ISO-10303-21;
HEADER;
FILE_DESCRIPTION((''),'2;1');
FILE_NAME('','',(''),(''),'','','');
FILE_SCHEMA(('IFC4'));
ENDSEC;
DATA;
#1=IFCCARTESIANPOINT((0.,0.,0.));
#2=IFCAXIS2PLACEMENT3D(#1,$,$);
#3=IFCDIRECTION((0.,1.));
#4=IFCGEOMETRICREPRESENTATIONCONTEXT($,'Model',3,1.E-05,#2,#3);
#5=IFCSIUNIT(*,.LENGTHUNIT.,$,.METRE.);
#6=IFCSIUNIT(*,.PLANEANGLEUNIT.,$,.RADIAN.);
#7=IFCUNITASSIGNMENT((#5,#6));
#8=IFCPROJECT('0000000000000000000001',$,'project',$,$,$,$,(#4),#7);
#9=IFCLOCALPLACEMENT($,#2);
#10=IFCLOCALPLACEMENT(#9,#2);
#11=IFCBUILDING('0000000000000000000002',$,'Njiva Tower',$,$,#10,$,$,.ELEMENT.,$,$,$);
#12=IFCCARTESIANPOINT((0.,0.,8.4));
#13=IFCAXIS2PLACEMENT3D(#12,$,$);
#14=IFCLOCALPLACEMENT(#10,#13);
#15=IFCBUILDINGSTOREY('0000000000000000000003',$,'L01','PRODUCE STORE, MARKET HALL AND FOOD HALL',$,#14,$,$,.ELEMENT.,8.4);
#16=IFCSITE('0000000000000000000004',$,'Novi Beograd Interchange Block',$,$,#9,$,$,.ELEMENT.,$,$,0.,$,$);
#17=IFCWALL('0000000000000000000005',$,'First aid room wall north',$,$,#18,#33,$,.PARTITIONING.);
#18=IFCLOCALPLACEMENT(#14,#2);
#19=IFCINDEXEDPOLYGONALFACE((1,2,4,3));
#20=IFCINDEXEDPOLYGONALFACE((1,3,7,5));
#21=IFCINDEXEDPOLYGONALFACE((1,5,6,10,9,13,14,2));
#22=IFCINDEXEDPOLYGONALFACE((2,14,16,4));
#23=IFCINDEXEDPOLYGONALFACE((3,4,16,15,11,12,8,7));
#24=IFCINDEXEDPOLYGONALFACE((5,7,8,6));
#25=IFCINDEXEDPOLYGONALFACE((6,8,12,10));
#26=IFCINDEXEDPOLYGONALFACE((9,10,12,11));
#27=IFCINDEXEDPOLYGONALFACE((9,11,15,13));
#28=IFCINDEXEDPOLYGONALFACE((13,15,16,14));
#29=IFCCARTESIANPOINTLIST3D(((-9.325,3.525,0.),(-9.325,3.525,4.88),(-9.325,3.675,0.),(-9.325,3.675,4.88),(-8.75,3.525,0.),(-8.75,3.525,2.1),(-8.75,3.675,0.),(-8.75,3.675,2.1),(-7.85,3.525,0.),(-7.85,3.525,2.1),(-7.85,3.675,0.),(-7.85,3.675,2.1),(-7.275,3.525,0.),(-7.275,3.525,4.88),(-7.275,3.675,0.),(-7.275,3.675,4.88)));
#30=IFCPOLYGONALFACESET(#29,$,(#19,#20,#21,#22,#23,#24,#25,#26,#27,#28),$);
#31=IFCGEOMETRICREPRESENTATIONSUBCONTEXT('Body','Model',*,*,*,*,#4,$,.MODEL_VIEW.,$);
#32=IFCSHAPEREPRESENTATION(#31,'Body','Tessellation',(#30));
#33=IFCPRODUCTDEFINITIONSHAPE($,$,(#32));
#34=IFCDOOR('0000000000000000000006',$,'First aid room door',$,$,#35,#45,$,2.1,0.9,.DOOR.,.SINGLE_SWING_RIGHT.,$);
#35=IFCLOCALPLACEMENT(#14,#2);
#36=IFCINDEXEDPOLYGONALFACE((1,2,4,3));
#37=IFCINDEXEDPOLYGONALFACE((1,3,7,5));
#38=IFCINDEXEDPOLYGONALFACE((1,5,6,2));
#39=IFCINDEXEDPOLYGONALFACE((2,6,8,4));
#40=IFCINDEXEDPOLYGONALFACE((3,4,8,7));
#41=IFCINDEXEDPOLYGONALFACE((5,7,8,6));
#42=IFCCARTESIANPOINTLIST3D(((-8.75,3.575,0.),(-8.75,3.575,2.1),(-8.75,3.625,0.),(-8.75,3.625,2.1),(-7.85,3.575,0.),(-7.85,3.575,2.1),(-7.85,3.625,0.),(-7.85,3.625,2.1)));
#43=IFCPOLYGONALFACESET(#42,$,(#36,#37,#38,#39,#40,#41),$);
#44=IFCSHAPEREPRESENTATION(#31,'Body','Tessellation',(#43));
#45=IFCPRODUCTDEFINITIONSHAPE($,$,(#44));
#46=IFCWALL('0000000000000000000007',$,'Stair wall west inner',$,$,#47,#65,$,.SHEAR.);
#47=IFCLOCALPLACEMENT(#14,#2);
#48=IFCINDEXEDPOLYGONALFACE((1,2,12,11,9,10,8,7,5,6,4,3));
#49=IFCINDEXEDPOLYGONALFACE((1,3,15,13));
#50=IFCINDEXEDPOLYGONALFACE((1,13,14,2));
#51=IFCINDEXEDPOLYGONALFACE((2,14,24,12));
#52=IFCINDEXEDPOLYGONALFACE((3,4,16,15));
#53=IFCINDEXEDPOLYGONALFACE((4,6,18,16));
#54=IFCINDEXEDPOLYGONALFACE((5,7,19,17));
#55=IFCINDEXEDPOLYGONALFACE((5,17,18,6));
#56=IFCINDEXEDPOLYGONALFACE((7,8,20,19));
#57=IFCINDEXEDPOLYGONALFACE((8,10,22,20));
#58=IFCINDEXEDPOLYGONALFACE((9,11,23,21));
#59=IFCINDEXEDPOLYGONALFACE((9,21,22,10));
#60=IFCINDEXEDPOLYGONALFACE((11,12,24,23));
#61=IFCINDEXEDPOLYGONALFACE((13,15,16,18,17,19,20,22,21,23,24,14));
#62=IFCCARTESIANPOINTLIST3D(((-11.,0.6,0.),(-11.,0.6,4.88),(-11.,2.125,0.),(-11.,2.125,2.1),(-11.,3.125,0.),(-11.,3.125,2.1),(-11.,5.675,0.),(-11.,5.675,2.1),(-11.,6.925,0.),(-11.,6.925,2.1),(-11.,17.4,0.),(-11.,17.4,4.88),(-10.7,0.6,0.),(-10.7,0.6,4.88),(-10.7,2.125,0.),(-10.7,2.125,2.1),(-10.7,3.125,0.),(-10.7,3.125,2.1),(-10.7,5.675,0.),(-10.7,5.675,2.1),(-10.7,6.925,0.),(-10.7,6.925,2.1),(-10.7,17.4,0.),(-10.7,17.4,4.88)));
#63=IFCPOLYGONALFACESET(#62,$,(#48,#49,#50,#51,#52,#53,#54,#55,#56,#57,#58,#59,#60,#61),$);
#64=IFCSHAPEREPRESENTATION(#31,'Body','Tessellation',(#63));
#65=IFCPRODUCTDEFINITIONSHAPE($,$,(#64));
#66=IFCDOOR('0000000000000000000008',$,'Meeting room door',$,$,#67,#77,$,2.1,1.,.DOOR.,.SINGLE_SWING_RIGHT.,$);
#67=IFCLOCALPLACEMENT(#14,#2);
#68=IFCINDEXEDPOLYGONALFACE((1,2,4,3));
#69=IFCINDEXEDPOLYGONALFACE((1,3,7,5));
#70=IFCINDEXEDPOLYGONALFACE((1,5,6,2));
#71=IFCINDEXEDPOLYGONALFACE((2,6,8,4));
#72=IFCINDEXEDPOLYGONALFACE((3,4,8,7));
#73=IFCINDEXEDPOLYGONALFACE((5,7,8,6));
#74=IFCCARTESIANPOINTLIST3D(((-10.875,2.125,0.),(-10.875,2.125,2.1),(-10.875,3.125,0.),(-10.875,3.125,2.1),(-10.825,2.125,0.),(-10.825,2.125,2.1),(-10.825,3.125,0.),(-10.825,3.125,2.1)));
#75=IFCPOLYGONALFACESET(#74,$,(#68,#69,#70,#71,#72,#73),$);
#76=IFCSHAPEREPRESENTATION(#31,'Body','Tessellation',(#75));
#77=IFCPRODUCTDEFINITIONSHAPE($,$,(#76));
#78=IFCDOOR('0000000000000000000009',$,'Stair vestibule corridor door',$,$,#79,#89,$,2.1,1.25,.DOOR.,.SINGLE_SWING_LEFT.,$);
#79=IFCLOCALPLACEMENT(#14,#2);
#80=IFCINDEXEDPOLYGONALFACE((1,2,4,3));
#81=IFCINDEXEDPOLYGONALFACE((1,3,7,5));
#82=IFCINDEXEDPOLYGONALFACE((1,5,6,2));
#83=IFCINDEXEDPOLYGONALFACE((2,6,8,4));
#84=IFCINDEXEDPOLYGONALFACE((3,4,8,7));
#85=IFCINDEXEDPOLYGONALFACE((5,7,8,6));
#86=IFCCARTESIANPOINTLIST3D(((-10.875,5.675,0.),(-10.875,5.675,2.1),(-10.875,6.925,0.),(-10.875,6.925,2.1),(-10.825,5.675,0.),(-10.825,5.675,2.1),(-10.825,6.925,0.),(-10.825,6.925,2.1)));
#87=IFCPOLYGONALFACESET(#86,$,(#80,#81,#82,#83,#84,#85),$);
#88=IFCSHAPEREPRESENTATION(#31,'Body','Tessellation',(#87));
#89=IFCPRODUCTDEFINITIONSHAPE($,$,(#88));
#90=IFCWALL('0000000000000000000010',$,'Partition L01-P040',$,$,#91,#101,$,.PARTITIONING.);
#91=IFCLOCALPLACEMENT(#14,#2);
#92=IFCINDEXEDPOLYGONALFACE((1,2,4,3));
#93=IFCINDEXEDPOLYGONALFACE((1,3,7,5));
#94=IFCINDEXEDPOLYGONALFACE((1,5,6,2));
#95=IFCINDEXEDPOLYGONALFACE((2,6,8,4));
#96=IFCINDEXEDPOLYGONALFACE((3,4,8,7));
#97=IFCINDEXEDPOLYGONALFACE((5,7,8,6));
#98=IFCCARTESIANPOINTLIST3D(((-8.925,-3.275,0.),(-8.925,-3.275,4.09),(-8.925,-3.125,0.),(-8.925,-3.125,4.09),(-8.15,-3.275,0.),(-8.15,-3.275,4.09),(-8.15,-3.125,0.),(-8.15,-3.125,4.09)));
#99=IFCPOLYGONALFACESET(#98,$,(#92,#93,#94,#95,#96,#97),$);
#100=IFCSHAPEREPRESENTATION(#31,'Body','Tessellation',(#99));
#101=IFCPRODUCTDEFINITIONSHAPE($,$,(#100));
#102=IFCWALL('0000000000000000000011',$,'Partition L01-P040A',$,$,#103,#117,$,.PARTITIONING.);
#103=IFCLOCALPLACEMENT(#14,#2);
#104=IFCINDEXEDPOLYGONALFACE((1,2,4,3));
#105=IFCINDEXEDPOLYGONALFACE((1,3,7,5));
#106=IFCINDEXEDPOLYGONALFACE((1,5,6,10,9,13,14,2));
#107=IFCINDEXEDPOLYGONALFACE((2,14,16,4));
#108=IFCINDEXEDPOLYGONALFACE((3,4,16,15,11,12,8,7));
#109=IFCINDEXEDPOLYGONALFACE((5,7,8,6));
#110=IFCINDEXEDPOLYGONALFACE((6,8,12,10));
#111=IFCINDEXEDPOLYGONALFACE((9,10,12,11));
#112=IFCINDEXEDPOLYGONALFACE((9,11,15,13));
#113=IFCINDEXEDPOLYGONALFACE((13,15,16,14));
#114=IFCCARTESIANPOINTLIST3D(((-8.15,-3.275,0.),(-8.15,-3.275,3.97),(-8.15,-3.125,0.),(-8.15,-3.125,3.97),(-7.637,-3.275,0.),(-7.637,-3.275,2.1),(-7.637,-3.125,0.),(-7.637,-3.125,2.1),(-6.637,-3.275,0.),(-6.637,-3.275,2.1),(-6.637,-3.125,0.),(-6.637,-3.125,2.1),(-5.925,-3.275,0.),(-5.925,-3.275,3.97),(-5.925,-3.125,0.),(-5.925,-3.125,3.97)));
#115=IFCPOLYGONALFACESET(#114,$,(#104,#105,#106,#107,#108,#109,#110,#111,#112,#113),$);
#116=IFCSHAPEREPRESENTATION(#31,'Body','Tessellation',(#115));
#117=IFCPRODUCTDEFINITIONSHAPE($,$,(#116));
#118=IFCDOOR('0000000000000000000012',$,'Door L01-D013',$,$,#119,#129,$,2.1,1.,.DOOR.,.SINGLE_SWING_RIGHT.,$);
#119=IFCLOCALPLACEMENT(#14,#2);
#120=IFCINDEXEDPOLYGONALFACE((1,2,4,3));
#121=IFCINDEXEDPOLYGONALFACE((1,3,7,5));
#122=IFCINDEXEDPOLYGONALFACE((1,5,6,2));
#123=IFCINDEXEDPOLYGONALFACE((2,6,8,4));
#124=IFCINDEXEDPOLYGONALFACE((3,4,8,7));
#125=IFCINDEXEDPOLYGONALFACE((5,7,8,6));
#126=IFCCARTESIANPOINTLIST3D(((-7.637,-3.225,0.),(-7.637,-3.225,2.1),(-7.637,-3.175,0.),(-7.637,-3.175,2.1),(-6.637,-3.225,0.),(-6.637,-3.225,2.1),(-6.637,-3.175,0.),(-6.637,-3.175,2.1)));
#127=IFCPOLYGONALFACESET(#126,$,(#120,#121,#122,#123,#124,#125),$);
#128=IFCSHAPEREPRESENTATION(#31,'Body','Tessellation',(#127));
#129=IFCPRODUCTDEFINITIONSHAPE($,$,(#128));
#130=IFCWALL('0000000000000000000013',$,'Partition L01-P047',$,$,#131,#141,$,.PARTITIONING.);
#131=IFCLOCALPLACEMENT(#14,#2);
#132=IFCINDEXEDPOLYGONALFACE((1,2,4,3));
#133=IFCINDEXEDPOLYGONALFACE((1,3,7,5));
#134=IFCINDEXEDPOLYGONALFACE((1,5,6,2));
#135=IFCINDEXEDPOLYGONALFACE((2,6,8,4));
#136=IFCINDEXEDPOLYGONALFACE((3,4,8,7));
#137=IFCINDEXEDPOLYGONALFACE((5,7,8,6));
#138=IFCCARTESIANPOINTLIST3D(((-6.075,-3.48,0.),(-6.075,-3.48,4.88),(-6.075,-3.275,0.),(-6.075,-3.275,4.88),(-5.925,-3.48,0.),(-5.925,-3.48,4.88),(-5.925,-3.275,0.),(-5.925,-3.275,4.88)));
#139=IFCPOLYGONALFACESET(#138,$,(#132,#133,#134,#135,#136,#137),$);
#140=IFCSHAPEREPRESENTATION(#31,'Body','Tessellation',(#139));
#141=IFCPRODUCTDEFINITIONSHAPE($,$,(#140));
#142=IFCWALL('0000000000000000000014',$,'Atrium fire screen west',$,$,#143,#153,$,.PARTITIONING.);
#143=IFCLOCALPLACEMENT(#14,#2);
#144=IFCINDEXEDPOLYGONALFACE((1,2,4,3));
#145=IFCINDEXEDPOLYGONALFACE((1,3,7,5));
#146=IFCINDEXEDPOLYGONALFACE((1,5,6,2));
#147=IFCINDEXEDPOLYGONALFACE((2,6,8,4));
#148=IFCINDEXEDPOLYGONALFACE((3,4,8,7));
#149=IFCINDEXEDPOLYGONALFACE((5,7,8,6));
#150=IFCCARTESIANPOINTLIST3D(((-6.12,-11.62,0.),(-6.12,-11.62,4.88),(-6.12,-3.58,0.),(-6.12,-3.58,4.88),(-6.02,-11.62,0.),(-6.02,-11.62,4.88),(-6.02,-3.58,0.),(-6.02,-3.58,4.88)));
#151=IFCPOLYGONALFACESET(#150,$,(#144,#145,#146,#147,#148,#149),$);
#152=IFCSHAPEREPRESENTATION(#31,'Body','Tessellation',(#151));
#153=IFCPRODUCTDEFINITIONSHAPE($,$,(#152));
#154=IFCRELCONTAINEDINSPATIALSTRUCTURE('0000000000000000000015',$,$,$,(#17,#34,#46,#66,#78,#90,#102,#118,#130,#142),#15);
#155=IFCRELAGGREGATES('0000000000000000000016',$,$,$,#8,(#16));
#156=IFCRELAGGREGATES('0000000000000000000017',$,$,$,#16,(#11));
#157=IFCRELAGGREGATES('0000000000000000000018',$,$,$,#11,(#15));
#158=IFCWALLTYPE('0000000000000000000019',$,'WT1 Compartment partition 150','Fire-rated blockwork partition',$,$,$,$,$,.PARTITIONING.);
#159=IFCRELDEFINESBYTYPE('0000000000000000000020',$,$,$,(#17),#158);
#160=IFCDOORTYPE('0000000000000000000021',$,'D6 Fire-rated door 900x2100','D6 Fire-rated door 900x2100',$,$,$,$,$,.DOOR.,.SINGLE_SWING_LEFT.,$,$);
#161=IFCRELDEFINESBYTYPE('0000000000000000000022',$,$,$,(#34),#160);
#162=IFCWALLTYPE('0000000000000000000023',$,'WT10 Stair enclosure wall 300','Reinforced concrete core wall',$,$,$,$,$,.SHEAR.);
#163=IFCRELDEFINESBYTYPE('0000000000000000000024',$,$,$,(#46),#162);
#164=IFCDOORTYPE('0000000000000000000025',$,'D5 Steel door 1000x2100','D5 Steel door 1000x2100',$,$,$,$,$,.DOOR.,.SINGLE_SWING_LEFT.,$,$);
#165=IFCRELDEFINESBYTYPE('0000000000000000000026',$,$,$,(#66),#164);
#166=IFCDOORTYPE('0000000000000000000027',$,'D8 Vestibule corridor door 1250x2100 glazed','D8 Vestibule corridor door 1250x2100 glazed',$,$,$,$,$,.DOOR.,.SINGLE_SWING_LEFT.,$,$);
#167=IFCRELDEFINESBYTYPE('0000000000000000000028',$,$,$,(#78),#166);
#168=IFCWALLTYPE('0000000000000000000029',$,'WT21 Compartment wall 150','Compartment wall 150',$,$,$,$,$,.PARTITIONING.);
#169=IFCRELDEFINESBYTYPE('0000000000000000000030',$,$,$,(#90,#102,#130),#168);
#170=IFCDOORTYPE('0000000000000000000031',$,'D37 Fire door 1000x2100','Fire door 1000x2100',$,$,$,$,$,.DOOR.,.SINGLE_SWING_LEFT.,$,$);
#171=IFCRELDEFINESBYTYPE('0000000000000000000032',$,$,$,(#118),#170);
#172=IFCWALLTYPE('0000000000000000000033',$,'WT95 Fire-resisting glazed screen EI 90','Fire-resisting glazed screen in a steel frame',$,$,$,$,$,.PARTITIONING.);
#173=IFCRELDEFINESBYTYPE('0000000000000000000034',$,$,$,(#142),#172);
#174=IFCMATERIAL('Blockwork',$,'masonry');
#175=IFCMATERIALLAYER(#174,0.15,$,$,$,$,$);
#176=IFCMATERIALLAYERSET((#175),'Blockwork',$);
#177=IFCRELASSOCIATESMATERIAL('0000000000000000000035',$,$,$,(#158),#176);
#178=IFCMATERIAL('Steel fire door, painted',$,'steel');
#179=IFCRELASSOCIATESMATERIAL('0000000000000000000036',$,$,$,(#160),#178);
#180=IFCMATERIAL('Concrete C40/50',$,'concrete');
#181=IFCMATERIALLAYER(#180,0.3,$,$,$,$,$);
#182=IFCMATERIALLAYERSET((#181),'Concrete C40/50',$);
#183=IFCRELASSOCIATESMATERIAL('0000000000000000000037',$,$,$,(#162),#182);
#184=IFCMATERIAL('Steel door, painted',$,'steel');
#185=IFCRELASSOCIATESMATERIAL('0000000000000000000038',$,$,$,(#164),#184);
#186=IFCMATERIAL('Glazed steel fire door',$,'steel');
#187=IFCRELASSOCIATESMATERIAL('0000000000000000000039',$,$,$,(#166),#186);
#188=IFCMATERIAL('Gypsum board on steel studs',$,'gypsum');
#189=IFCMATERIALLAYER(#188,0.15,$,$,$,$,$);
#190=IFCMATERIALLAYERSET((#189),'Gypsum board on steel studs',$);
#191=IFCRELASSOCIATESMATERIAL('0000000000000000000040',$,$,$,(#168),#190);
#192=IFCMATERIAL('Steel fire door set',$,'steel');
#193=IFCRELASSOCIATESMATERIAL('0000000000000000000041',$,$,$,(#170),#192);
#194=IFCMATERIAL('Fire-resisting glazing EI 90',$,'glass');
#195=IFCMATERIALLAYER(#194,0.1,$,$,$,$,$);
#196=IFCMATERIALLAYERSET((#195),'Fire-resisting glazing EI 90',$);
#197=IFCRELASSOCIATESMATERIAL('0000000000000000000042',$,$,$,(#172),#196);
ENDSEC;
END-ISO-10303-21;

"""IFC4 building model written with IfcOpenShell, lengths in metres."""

from ifc_helpers import new_model, si_unit, direction, frame, frame_2d, origin, place, context, subcontext, project, spatial, rectangle, extrude, material, layer, layer_set, type_object, element, fill, save


model = new_model("IFC4")

# Units and contexts
model_context = context("Model", 3, precision=1e-05, world=origin(), true_north=direction((0.0, 1.0)))
body_context = subcontext(model_context, "Body", "Model", "MODEL_VIEW")
ifc_project = project(units=[si_unit("LENGTHUNIT", "METRE"), si_unit("PLANEANGLEUNIT", "RADIAN")], contexts=[model_context])

# Site, building, storey
site_placement = place(None, origin())
site = spatial("IfcSite", under=ifc_project, at=site_placement, Name="Novi Beograd Interchange Block", CompositionType="ELEMENT", RefElevation=0.0)
building_placement = place(site_placement, origin())
building = spatial("IfcBuilding", under=site, at=building_placement, Name="Njiva Tower", CompositionType="ELEMENT")
storey_placement = place(building_placement, frame((0.0, 0.0, 8.4)))
storey = spatial("IfcBuildingStorey", under=building, at=storey_placement, Name="L01", Description="PRODUCE STORE, MARKET HALL AND FOOD HALL", CompositionType="ELEMENT", Elevation=8.4)

# Shared definitions
ifc_material_1 = material(Name="Blockwork", Category="masonry")
ifc_layer_1 = layer(ifc_material_1, 0.15)
ifc_layer_set_1 = layer_set([ifc_layer_1], Name="Blockwork")
wall_type_1 = type_object("IfcWallType", Name="WT1 Compartment partition 150", Description="Fire-rated blockwork partition", PredefinedType="PARTITIONING", material=ifc_layer_set_1)

# Wall, opening, door
wall_1_placement = place(storey_placement, frame((-9.325, 3.6, 0.0), z_axis=(0.0, 0.0, 1.0), x_axis=(1.0, 0.0, 0.0)))
wall_1 = element("IfcWall", 1, at=wall_1_placement, inside=storey, type_object=wall_type_1, Name="First aid room wall north", PredefinedType="PARTITIONING", context=body_context, shape_type="SweptSolid", body=[
    extrude(rectangle(XDim=2.05, YDim=0.15, at=frame_2d((1.025, 0.0))), origin(), (0.0, 0.0, 1.0), 4.88),
])
opening_1_placement = place(wall_1_placement, frame((0.575, 0.0, 0.0)))
opening_1 = element("IfcOpeningElement", 2, at=opening_1_placement, cuts=wall_1, PredefinedType="OPENING", context=body_context, shape_type="SweptSolid", body=[
    extrude(rectangle(XDim=0.9, YDim=2.1, at=frame_2d((0.45, 1.05))), frame((0.0, 0.085, 0.0), z_axis=(0.0, -1.0, 0.0), x_axis=(1.0, 0.0, 0.0)), (0.0, 0.0, 1.0), 0.17),
])
ifc_material_2 = material(Name="Steel fire door, painted", Category="steel")
door_type_1 = type_object("IfcDoorType", Name="D6 Fire-rated door 900x2100", Description="D6 Fire-rated door 900x2100", OperationType="SINGLE_SWING_LEFT", PredefinedType="DOOR", material=ifc_material_2)
door_1_placement = place(opening_1_placement, origin())
door_1 = element("IfcDoor", 3, at=door_1_placement, inside=storey, type_object=door_type_1, Name="First aid room door", OperationType="SINGLE_SWING_RIGHT", OverallHeight=2.1, OverallWidth=0.9, PredefinedType="DOOR", context=body_context, shape_type="SweptSolid", body=[
    extrude(rectangle(XDim=0.9, YDim=2.1, at=frame_2d((0.45, 1.05))), frame((0.0, 0.025, 0.0), z_axis=(0.0, -1.0, 0.0), x_axis=(1.0, 0.0, 0.0)), (0.0, 0.0, 1.0), 0.05),
])
fill(opening_1, door_1)

# Wall, openings, doors
ifc_material_3 = material(Name="Concrete C40/50", Category="concrete")
ifc_layer_2 = layer(ifc_material_3, 0.3)
ifc_layer_set_2 = layer_set([ifc_layer_2], Name="Concrete C40/50")
wall_type_2 = type_object("IfcWallType", Name="WT10 Stair enclosure wall 300", Description="Reinforced concrete core wall", PredefinedType="SHEAR", material=ifc_layer_set_2)
wall_2_placement = place(storey_placement, frame((-10.85, 0.6, 0.0), z_axis=(0.0, 0.0, 1.0), x_axis=(0.0, 1.0, 0.0)))
wall_2 = element("IfcWall", 4, at=wall_2_placement, inside=storey, type_object=wall_type_2, Name="Stair wall west inner", PredefinedType="SHEAR", context=body_context, shape_type="SweptSolid", body=[
    extrude(rectangle(XDim=16.8, YDim=0.3, at=frame_2d((8.4, 0.0))), origin(), (0.0, 0.0, 1.0), 4.88),
])
opening_2_placement = place(wall_2_placement, frame((5.075, 0.0, 0.0)))
opening_2 = element("IfcOpeningElement", 5, at=opening_2_placement, cuts=wall_2, PredefinedType="OPENING", context=body_context, shape_type="SweptSolid", body=[
    extrude(rectangle(XDim=1.25, YDim=2.1, at=frame_2d((0.625, 1.05))), frame((0.0, 0.16, 0.0), z_axis=(0.0, -1.0, 0.0), x_axis=(1.0, 0.0, 0.0)), (0.0, 0.0, 1.0), 0.32),
])
opening_3_placement = place(wall_2_placement, frame((1.525, 0.0, 0.0)))
opening_3 = element("IfcOpeningElement", 6, at=opening_3_placement, cuts=wall_2, PredefinedType="OPENING", context=body_context, shape_type="SweptSolid", body=[
    extrude(rectangle(XDim=1.0, YDim=2.1, at=frame_2d((0.5, 1.05))), frame((0.0, 0.16, 0.0), z_axis=(0.0, -1.0, 0.0), x_axis=(1.0, 0.0, 0.0)), (0.0, 0.0, 1.0), 0.32),
])
ifc_material_4 = material(Name="Steel door, painted", Category="steel")
door_type_2 = type_object("IfcDoorType", Name="D5 Steel door 1000x2100", Description="D5 Steel door 1000x2100", OperationType="SINGLE_SWING_LEFT", PredefinedType="DOOR", material=ifc_material_4)
door_2_placement = place(opening_3_placement, origin())
door_2 = element("IfcDoor", 7, at=door_2_placement, inside=storey, type_object=door_type_2, Name="Meeting room door", OperationType="SINGLE_SWING_RIGHT", OverallHeight=2.1, OverallWidth=1.0, PredefinedType="DOOR", context=body_context, shape_type="SweptSolid", body=[
    extrude(rectangle(XDim=1.0, YDim=2.1, at=frame_2d((0.5, 1.05))), frame((0.0, 0.025, 0.0), z_axis=(0.0, -1.0, 0.0), x_axis=(1.0, 0.0, 0.0)), (0.0, 0.0, 1.0), 0.05),
])
fill(opening_3, door_2)
ifc_material_5 = material(Name="Glazed steel fire door", Category="steel")
door_type_3 = type_object("IfcDoorType", Name="D8 Vestibule corridor door 1250x2100 glazed", Description="D8 Vestibule corridor door 1250x2100 glazed", OperationType="SINGLE_SWING_LEFT", PredefinedType="DOOR", material=ifc_material_5)
door_3_placement = place(opening_2_placement, origin())
door_3 = element("IfcDoor", 8, at=door_3_placement, inside=storey, type_object=door_type_3, Name="Stair vestibule corridor door", OperationType="SINGLE_SWING_LEFT", OverallHeight=2.1, OverallWidth=1.25, PredefinedType="DOOR", context=body_context, shape_type="SweptSolid", body=[
    extrude(rectangle(XDim=1.25, YDim=2.1, at=frame_2d((0.625, 1.05))), frame((0.0, 0.025, 0.0), z_axis=(0.0, -1.0, 0.0), x_axis=(1.0, 0.0, 0.0)), (0.0, 0.0, 1.0), 0.05),
])
fill(opening_2, door_3)

# Wall
ifc_material_6 = material(Name="Gypsum board on steel studs", Category="gypsum")
ifc_layer_3 = layer(ifc_material_6, 0.15)
ifc_layer_set_3 = layer_set([ifc_layer_3], Name="Gypsum board on steel studs")
wall_type_3 = type_object("IfcWallType", Name="WT21 Compartment wall 150", Description="Compartment wall 150", PredefinedType="PARTITIONING", material=ifc_layer_set_3)
wall_3_placement = place(storey_placement, frame((-8.925, -3.2, 0.0), z_axis=(0.0, 0.0, 1.0), x_axis=(1.0, 0.0, 0.0)))
element("IfcWall", 9, at=wall_3_placement, inside=storey, type_object=wall_type_3, Name="Partition L01-P040", PredefinedType="PARTITIONING", context=body_context, shape_type="SweptSolid", body=[
    extrude(rectangle(XDim=0.775, YDim=0.15, at=frame_2d((0.3875, 0.0))), origin(), (0.0, 0.0, 1.0), 4.09),
])

# Wall, opening, door
wall_4_placement = place(storey_placement, frame((-8.15, -3.2, 0.0), z_axis=(0.0, 0.0, 1.0), x_axis=(1.0, 0.0, 0.0)))
wall_4 = element("IfcWall", 10, at=wall_4_placement, inside=storey, type_object=wall_type_3, Name="Partition L01-P040A", PredefinedType="PARTITIONING", context=body_context, shape_type="SweptSolid", body=[
    extrude(rectangle(XDim=2.225, YDim=0.15, at=frame_2d((1.1125, 0.0))), origin(), (0.0, 0.0, 1.0), 3.97),
])
opening_4_placement = place(wall_4_placement, frame((0.513, 0.0, 0.0)))
opening_4 = element("IfcOpeningElement", 11, at=opening_4_placement, cuts=wall_4, PredefinedType="OPENING", context=body_context, shape_type="SweptSolid", body=[
    extrude(rectangle(XDim=1.0, YDim=2.1, at=frame_2d((0.5, 1.05))), frame((0.0, 0.085, 0.0), z_axis=(0.0, -1.0, 0.0), x_axis=(1.0, 0.0, 0.0)), (0.0, 0.0, 1.0), 0.17),
])
ifc_material_7 = material(Name="Steel fire door set", Category="steel")
door_type_4 = type_object("IfcDoorType", Name="D37 Fire door 1000x2100", Description="Fire door 1000x2100", OperationType="SINGLE_SWING_LEFT", PredefinedType="DOOR", material=ifc_material_7)
door_4_placement = place(opening_4_placement, origin())
door_4 = element("IfcDoor", 12, at=door_4_placement, inside=storey, type_object=door_type_4, Name="Door L01-D013", OperationType="SINGLE_SWING_RIGHT", OverallHeight=2.1, OverallWidth=1.0, PredefinedType="DOOR", context=body_context, shape_type="SweptSolid", body=[
    extrude(rectangle(XDim=1.0, YDim=2.1, at=frame_2d((0.5, 1.05))), frame((0.0, 0.025, 0.0), z_axis=(0.0, -1.0, 0.0), x_axis=(1.0, 0.0, 0.0)), (0.0, 0.0, 1.0), 0.05),
])
fill(opening_4, door_4)

# Walls
wall_5_placement = place(storey_placement, frame((-6.0, -3.48, 0.0), z_axis=(0.0, 0.0, 1.0), x_axis=(0.0, 1.0, 0.0)))
element("IfcWall", 13, at=wall_5_placement, inside=storey, type_object=wall_type_3, Name="Partition L01-P047", PredefinedType="PARTITIONING", context=body_context, shape_type="SweptSolid", body=[
    extrude(rectangle(XDim=0.205, YDim=0.15, at=frame_2d((0.1025, 0.0))), origin(), (0.0, 0.0, 1.0), 4.88),
])
ifc_material_8 = material(Name="Fire-resisting glazing EI 90", Category="glass")
ifc_layer_4 = layer(ifc_material_8, 0.1)
ifc_layer_set_4 = layer_set([ifc_layer_4], Name="Fire-resisting glazing EI 90")
wall_type_4 = type_object("IfcWallType", Name="WT95 Fire-resisting glazed screen EI 90", Description="Fire-resisting glazed screen in a steel frame", PredefinedType="PARTITIONING", material=ifc_layer_set_4)
wall_6_placement = place(storey_placement, frame((-6.07, -3.58, 0.0), z_axis=(0.0, 0.0, 1.0), x_axis=(0.0, -1.0, 0.0)))
element("IfcWall", 14, at=wall_6_placement, inside=storey, type_object=wall_type_4, Name="Atrium fire screen west", PredefinedType="PARTITIONING", context=body_context, shape_type="SweptSolid", body=[
    extrude(rectangle(XDim=8.04, YDim=0.1, at=frame_2d((4.02, 0.0))), origin(), (0.0, 0.0, 1.0), 4.88),
])

save(model, "model.ifc")
